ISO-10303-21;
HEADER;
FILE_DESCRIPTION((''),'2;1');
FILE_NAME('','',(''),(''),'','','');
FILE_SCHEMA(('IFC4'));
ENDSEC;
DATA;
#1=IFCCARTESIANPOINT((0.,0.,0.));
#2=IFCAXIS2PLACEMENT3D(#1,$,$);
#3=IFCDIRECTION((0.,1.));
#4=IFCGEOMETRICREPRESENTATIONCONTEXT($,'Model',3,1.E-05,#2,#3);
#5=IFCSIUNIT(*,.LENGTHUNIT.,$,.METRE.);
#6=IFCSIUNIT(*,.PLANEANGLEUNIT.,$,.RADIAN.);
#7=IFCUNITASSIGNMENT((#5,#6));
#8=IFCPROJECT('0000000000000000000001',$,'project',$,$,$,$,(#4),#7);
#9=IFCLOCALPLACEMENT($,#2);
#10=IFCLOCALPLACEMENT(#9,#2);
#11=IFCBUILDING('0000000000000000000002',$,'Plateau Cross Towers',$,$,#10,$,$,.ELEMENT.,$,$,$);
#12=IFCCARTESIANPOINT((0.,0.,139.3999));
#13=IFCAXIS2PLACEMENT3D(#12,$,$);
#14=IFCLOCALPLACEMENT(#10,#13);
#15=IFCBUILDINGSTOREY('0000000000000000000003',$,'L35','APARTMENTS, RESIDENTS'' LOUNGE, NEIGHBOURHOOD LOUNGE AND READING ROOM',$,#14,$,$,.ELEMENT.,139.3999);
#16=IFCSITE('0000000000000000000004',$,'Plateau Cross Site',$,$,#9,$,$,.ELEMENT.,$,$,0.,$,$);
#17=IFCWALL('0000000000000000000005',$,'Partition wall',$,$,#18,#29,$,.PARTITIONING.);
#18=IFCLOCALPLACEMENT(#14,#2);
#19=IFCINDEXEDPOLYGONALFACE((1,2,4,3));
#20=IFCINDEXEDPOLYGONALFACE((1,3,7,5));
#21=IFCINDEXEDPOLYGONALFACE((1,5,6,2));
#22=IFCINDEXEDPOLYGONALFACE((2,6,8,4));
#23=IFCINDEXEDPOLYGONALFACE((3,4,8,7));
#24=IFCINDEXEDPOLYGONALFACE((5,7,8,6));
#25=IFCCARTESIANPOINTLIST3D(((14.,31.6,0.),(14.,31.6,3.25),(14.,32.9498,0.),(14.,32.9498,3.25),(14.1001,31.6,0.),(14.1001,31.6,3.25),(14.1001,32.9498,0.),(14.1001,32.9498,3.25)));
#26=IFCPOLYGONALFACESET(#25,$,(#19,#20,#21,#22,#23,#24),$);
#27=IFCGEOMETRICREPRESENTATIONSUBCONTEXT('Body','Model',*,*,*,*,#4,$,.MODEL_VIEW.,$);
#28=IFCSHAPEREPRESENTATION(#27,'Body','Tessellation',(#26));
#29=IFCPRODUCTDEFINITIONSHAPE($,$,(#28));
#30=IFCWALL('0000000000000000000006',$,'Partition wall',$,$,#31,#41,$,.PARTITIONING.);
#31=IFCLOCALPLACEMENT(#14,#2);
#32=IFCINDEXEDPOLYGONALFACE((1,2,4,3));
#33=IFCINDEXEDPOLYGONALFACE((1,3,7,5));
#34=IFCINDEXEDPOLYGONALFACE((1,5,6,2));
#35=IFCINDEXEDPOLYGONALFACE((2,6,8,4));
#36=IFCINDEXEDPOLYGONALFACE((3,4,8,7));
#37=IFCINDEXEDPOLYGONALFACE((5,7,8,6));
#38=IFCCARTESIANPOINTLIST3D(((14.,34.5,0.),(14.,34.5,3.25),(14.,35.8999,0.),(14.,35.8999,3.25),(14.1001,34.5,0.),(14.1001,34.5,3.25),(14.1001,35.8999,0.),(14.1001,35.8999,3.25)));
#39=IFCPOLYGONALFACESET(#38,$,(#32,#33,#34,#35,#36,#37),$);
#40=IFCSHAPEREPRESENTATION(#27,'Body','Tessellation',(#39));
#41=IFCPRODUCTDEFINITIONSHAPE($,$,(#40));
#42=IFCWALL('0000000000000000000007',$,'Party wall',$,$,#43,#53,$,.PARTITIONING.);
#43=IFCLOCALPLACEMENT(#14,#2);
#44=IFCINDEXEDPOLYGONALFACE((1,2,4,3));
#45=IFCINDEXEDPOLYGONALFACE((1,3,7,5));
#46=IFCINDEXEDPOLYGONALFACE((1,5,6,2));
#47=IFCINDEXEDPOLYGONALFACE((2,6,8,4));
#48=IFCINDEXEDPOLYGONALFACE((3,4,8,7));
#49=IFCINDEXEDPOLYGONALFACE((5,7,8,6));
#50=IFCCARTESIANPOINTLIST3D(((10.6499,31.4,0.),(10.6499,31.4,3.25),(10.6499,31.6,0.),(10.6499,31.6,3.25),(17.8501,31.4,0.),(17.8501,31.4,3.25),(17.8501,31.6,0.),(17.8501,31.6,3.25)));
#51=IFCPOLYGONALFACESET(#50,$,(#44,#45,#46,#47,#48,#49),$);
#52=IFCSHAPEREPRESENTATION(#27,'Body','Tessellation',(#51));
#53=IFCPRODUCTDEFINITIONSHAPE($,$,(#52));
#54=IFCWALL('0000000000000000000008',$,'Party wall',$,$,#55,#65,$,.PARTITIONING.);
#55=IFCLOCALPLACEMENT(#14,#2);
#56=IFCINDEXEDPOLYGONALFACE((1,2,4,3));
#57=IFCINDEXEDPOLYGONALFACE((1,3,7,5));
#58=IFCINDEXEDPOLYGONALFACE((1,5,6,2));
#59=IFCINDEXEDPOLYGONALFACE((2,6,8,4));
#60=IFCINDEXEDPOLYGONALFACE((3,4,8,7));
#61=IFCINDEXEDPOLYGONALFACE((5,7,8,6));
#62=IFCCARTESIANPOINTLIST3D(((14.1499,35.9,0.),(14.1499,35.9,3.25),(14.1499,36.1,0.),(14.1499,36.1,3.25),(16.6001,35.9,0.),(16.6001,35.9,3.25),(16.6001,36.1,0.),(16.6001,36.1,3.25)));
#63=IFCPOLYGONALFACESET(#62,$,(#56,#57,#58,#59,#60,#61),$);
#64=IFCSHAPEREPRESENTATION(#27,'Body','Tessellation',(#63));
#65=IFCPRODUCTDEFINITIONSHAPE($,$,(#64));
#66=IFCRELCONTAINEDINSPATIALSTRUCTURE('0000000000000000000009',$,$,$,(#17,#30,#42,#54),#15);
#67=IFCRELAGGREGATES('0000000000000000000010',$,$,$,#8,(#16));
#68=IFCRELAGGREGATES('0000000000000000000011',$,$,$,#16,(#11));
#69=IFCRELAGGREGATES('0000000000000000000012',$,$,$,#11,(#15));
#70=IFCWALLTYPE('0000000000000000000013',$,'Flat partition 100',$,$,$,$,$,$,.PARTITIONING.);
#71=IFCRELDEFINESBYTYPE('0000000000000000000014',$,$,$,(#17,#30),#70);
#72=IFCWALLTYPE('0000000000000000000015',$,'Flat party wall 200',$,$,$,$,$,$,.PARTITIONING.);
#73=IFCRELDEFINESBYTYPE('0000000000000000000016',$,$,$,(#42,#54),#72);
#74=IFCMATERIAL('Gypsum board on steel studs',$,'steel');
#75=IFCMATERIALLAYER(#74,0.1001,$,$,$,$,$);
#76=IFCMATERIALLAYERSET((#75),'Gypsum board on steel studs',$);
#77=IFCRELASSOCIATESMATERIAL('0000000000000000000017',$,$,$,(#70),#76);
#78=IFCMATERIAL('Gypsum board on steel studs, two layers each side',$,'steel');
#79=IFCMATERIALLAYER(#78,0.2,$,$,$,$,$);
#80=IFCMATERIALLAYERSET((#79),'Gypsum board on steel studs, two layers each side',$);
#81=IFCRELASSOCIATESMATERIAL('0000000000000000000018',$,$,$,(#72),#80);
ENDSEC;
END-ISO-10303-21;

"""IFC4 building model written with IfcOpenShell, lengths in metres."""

from ifc_helpers import new_model, si_unit, direction, frame, frame_2d, origin, place, context, subcontext, project, spatial, rectangle, extrude, material, layer, layer_set, type_object, element, save


model = new_model("IFC4")

# Units and contexts
model_context = context("Model", 3, precision=1e-05, world=origin(), true_north=direction((0.0, 1.0)))
body_context = subcontext(model_context, "Body", "Model", "MODEL_VIEW")
ifc_project = project(units=[si_unit("LENGTHUNIT", "METRE"), si_unit("PLANEANGLEUNIT", "RADIAN")], contexts=[model_context])

# Site, building, storey
site_placement = place(None, origin())
site = spatial("IfcSite", under=ifc_project, at=site_placement, Name="Plateau Cross Site", CompositionType="ELEMENT", RefElevation=0.0)
building_placement = place(site_placement, origin())
building = spatial("IfcBuilding", under=site, at=building_placement, Name="Plateau Cross Towers", CompositionType="ELEMENT")
storey_placement = place(building_placement, frame((0.0, 0.0, 139.3999)))
storey = spatial("IfcBuildingStorey", under=building, at=storey_placement, Name="L35", Description="APARTMENTS, RESIDENTS' LOUNGE, NEIGHBOURHOOD LOUNGE AND READING ROOM", CompositionType="ELEMENT", Elevation=139.3999)

# Walls
ifc_material_1 = material(Name="Gypsum board on steel studs", Category="steel")
ifc_layer_1 = layer(ifc_material_1, 0.1001)
ifc_layer_set_1 = layer_set([ifc_layer_1], Name="Gypsum board on steel studs")
wall_type_1 = type_object("IfcWallType", Name="Flat partition 100", PredefinedType="PARTITIONING", material=ifc_layer_set_1)
for number, where, z_axis, x_axis, name in (
    (1, (14.05, 31.6001, 0.0), (0.0, 0.0, 1.0), (0.0, 1.0, 0.0), "Partition wall"),
):
    element("IfcWall", number, at=place(storey_placement, frame(where, z_axis=z_axis, x_axis=x_axis)), inside=storey, type_object=wall_type_1, Name=name, PredefinedType="PARTITIONING", context=body_context, shape_type="SweptSolid", body=[
        extrude(rectangle(XDim=1.3499, YDim=0.1001, at=frame_2d((0.6748, 0.0))), origin(), (0.0, 0.0, 1.0), 3.25),
    ])
wall_1_placement = place(storey_placement, frame((14.05, 34.5, 0.0), z_axis=(0.0, 0.0, 1.0), x_axis=(0.0, 1.0, 0.0)))
element("IfcWall", 2, at=wall_1_placement, inside=storey, type_object=wall_type_1, Name="Partition wall", PredefinedType="PARTITIONING", context=body_context, shape_type="SweptSolid", body=[
    extrude(rectangle(XDim=1.3999, YDim=0.1001, at=frame_2d((0.7, 0.0))), origin(), (0.0, 0.0, 1.0), 3.25),
])
ifc_material_2 = material(Name="Gypsum board on steel studs, two layers each side", Category="steel")
ifc_layer_2 = layer(ifc_material_2, 0.2)
ifc_layer_set_2 = layer_set([ifc_layer_2], Name="Gypsum board on steel studs, two layers each side")
wall_type_2 = type_object("IfcWallType", Name="Flat party wall 200", PredefinedType="PARTITIONING", material=ifc_layer_set_2)
wall_2_placement = place(storey_placement, frame((17.8501, 31.5, 0.0), z_axis=(0.0, 0.0, 1.0), x_axis=(-1.0, 0.0, 0.0)))
element("IfcWall", 3, at=wall_2_placement, inside=storey, type_object=wall_type_2, Name="Party wall", PredefinedType="PARTITIONING", context=body_context, shape_type="SweptSolid", body=[
    extrude(rectangle(XDim=7.2002, YDim=0.2, at=frame_2d((3.6001, 0.0))), origin(), (0.0, 0.0, 1.0), 3.25),
])
wall_3_placement = place(storey_placement, frame((14.1499, 36.0, 0.0), z_axis=(0.0, 0.0, 1.0), x_axis=(1.0, 0.0, 0.0)))
element("IfcWall", 4, at=wall_3_placement, inside=storey, type_object=wall_type_2, Name="Party wall", PredefinedType="PARTITIONING", context=body_context, shape_type="SweptSolid", body=[
    extrude(rectangle(XDim=2.4502, YDim=0.2, at=frame_2d((1.2251, 0.0))), origin(), (0.0, 0.0, 1.0), 3.25),
])

save(model, "model.ifc")
